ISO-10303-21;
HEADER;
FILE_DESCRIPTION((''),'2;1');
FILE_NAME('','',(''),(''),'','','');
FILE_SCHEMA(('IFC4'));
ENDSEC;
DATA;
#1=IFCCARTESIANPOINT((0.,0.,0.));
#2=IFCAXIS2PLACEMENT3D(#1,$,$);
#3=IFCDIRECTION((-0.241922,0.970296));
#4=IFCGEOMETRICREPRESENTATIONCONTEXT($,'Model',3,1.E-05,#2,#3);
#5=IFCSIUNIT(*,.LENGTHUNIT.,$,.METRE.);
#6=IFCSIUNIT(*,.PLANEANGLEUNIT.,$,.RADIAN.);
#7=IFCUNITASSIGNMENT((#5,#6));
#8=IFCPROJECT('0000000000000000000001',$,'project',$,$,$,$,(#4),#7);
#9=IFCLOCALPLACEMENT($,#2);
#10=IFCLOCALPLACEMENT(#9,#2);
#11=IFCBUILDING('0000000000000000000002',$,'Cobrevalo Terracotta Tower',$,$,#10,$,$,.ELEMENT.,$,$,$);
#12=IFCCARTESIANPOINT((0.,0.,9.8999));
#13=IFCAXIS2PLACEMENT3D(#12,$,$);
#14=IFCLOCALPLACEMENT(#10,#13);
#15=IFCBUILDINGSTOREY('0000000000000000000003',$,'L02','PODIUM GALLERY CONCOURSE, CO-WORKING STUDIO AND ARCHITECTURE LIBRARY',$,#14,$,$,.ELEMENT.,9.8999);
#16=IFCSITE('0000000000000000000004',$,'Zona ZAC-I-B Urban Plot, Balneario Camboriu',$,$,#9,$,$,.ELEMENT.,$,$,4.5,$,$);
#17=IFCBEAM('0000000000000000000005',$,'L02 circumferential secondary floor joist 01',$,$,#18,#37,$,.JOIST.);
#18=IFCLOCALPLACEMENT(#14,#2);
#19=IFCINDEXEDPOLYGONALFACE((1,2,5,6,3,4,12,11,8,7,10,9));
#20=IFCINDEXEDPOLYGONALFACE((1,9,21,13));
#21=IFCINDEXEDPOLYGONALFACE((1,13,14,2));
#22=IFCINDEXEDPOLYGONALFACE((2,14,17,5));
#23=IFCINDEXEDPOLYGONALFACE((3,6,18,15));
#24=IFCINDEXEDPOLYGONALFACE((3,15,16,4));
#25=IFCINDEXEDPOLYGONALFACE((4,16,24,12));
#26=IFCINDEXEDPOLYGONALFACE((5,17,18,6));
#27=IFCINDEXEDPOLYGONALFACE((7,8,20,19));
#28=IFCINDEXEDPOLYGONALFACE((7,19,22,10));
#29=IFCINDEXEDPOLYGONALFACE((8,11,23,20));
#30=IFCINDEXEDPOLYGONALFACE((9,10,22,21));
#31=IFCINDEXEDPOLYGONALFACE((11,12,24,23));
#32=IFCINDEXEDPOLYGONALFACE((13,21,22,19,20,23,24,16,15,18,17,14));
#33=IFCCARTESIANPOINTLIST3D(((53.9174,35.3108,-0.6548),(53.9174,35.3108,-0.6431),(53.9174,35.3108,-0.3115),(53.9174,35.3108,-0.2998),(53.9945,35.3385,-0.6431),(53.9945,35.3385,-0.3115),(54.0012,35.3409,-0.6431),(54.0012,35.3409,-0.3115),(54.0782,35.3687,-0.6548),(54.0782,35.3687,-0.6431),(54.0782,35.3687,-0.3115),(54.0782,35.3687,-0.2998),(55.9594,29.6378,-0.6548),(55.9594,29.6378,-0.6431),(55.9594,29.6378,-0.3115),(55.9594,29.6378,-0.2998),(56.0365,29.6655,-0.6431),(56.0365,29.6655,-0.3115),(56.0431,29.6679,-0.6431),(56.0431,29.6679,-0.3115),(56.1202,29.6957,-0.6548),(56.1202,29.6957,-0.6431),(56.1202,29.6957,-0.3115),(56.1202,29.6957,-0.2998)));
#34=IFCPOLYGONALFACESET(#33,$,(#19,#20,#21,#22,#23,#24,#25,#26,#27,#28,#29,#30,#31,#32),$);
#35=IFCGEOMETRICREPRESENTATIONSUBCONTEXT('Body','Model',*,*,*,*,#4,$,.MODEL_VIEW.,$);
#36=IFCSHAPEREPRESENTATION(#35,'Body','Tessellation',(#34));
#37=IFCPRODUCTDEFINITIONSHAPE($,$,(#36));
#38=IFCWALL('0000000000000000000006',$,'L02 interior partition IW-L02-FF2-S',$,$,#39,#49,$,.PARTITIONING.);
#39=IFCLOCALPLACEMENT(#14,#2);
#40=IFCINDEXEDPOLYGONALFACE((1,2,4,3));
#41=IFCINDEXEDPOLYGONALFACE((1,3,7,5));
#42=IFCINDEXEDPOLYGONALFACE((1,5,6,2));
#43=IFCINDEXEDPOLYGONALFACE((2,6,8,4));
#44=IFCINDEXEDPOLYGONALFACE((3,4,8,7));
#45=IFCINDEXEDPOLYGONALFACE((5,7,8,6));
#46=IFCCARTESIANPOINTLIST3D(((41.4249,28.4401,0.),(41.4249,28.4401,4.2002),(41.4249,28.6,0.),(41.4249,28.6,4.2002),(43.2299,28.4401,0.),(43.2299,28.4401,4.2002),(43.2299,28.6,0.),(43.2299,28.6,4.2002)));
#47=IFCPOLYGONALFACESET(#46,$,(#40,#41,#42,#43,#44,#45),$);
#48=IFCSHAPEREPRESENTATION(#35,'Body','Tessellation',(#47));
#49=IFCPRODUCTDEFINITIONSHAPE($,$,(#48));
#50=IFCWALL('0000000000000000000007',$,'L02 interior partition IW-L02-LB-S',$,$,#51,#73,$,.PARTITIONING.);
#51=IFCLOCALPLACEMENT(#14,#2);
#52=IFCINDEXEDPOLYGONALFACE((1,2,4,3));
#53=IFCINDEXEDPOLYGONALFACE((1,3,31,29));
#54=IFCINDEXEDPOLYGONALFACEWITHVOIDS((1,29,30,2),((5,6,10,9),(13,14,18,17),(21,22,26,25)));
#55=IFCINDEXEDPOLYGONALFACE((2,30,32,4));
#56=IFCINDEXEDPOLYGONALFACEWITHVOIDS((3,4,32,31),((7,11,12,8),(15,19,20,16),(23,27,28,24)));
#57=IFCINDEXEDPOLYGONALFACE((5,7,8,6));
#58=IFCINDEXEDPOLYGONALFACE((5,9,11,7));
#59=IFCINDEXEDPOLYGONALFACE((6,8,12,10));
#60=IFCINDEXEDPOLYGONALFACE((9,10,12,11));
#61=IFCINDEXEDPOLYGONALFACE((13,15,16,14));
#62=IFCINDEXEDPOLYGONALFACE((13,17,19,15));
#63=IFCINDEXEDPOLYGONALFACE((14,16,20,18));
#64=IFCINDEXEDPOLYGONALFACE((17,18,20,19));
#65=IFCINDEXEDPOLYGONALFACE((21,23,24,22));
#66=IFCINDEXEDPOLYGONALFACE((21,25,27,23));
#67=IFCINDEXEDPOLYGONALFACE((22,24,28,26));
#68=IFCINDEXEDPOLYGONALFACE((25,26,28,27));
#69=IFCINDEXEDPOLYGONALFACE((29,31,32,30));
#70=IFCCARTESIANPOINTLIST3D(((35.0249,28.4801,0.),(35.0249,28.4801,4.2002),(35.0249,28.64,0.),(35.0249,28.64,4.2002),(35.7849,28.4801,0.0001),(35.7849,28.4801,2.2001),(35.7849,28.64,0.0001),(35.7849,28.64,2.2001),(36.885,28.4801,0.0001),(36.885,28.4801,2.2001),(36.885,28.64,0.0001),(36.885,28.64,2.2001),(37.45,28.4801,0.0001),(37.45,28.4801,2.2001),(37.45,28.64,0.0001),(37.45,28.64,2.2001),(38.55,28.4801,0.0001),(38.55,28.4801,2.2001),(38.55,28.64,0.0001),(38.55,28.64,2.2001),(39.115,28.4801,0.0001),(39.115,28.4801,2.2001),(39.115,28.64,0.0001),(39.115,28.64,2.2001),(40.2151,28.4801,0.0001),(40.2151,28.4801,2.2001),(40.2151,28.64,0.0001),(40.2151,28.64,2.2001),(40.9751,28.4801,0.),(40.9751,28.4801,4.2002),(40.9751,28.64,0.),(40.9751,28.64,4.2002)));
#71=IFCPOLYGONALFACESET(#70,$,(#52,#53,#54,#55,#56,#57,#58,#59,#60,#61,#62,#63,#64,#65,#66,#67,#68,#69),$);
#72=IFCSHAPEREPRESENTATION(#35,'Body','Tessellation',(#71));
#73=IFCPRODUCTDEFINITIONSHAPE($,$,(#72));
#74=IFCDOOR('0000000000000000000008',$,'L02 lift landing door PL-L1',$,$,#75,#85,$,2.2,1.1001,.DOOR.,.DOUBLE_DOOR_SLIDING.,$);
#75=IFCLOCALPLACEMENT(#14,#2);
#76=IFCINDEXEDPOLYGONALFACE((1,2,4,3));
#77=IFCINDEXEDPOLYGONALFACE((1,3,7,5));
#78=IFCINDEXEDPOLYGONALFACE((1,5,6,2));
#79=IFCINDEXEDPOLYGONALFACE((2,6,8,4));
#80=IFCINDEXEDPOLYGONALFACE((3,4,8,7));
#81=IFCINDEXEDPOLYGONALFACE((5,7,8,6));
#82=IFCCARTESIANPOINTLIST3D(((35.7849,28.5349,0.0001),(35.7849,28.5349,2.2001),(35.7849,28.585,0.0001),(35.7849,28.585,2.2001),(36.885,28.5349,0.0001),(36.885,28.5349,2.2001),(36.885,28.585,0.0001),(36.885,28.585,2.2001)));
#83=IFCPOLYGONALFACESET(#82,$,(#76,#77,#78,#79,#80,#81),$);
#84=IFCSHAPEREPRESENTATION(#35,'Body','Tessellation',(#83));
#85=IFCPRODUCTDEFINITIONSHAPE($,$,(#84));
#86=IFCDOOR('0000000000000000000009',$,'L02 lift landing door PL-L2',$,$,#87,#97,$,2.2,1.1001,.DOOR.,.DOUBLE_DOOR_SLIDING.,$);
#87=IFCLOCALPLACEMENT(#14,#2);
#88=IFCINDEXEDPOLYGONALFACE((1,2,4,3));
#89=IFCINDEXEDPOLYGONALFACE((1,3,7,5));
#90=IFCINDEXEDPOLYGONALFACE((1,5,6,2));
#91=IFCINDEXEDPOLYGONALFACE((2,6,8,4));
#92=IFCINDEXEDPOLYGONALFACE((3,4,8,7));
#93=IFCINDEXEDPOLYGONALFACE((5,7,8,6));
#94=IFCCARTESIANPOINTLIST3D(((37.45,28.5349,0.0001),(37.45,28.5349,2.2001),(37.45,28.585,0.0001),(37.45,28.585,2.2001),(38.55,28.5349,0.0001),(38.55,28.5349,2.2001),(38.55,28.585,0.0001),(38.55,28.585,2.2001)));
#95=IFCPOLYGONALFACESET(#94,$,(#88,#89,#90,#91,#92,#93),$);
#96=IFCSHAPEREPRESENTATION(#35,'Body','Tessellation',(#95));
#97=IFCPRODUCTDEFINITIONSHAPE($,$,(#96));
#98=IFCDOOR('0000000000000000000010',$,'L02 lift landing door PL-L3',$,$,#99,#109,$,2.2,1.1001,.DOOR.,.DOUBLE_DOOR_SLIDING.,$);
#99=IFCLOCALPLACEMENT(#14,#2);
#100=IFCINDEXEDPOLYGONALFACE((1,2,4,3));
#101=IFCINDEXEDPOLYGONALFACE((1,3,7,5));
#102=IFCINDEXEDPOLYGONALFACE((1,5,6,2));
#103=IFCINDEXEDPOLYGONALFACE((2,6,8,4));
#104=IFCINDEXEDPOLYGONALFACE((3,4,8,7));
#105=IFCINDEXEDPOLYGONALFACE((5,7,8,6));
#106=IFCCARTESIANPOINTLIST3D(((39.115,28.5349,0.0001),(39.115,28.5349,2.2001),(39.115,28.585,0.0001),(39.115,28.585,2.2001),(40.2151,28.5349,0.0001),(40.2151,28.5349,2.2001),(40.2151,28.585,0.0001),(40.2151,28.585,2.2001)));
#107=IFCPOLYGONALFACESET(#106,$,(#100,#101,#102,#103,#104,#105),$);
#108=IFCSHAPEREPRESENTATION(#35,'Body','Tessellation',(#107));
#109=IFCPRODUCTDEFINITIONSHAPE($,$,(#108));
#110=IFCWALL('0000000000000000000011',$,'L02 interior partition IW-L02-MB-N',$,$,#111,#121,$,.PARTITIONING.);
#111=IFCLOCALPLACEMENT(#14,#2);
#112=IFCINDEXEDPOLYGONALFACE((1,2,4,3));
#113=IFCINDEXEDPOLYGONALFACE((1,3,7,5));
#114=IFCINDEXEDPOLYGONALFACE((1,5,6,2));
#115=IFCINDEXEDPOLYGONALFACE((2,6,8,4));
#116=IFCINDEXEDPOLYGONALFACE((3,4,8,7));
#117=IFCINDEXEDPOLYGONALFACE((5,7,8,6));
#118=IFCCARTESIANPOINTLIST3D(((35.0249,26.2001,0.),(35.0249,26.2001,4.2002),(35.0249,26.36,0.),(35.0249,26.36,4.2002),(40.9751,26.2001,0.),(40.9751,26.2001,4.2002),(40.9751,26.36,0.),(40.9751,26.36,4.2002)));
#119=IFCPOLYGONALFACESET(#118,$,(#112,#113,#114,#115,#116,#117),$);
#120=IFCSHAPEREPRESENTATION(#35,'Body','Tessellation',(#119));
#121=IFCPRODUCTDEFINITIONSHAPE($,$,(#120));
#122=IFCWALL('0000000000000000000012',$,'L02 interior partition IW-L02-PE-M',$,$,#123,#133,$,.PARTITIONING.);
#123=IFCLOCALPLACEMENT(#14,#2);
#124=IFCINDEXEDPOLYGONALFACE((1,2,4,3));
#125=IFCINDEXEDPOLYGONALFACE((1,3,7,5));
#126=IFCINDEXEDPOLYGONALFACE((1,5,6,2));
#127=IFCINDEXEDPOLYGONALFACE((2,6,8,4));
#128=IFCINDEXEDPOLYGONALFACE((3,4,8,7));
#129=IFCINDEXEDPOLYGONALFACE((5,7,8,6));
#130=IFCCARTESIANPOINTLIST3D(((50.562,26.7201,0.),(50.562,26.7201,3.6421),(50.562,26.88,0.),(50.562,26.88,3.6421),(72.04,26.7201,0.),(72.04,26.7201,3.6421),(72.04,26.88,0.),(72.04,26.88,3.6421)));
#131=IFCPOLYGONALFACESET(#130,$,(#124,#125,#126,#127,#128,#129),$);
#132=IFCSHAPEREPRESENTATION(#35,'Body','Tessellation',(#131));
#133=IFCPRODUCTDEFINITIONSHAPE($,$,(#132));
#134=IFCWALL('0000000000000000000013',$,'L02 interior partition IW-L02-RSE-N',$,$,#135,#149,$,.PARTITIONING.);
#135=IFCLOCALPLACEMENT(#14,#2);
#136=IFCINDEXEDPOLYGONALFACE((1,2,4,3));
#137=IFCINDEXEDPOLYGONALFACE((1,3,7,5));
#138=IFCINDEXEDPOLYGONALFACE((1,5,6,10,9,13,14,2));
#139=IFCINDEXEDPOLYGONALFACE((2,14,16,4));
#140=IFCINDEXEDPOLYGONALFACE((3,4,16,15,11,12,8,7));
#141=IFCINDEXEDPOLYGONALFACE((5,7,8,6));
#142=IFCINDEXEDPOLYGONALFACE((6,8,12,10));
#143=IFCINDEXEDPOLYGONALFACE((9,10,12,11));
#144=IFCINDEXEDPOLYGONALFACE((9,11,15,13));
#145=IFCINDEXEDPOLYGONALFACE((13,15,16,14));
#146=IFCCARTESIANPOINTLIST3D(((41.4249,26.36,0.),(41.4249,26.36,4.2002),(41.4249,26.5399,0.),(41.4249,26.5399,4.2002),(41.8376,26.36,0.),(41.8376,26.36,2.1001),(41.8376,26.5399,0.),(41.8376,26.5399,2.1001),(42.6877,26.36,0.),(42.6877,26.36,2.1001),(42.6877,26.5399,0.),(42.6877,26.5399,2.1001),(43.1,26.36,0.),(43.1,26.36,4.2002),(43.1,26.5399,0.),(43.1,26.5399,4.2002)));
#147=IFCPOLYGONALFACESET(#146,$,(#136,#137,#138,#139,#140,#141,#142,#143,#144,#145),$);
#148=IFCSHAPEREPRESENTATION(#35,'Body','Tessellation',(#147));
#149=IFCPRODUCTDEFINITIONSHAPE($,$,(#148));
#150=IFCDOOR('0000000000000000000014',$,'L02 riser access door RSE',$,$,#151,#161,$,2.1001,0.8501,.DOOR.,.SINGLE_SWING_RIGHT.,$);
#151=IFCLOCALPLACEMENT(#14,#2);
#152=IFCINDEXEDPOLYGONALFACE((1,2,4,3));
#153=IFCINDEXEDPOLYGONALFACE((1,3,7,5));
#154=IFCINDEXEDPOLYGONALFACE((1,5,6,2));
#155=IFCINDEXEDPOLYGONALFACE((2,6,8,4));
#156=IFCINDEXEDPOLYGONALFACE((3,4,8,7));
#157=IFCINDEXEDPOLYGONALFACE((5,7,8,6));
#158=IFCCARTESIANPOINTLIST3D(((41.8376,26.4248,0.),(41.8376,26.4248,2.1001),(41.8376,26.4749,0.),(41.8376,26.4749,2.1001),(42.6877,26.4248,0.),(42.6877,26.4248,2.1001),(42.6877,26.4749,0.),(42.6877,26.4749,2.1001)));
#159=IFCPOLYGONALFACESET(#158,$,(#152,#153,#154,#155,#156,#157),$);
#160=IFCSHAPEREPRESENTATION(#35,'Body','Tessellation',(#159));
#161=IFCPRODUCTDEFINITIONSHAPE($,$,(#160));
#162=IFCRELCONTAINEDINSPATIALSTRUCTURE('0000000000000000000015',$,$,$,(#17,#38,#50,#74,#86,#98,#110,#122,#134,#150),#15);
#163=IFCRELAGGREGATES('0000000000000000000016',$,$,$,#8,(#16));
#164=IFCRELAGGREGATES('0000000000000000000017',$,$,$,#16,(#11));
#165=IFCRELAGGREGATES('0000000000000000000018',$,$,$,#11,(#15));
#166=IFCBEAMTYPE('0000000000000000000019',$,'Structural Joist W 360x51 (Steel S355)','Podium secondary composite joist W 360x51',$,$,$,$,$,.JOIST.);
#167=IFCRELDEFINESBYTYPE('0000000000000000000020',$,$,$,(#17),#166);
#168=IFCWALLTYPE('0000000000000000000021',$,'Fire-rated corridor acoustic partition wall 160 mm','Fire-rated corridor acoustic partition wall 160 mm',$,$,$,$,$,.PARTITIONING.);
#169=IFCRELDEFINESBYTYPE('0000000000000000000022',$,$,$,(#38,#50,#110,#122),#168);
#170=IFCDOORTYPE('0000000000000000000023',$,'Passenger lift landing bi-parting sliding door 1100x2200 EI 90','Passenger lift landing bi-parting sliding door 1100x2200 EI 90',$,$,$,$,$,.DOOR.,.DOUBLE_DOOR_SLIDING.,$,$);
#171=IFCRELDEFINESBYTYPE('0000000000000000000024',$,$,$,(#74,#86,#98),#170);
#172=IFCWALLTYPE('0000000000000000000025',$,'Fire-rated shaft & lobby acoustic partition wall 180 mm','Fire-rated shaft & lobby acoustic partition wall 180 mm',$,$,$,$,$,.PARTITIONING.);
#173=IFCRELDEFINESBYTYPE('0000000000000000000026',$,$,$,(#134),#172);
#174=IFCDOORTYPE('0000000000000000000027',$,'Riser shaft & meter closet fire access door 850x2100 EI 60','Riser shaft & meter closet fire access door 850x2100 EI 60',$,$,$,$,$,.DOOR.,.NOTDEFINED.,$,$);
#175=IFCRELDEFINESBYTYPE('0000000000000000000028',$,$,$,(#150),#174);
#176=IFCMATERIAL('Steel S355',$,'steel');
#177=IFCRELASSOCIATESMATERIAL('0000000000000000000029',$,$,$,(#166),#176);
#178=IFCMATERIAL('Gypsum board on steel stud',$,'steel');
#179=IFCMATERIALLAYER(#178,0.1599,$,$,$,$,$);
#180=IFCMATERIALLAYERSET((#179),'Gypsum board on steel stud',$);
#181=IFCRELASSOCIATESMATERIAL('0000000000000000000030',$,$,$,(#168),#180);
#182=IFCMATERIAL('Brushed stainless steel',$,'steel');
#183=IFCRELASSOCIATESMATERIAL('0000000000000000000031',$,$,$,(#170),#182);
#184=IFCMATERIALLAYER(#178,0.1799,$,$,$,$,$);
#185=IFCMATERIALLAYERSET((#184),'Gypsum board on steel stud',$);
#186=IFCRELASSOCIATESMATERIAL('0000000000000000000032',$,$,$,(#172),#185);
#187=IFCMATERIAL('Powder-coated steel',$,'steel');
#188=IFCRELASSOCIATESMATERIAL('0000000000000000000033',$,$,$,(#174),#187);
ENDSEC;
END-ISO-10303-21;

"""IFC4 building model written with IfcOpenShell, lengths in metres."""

from ifc_helpers import new_model, si_unit, direction, frame, frame_2d, origin, origin_2d, place, context, subcontext, project, spatial, rectangle, i_section, extrude, source, transform, mapped, material, layer, layer_set, material_profile, profile_set, type_object, element, fill, save


model = new_model("IFC4")

# Units and contexts
model_context = context("Model", 3, precision=1e-05, world=origin(), true_north=direction((-0.241922, 0.970296)))
body_context = subcontext(model_context, "Body", "Model", "MODEL_VIEW")
ifc_project = project(units=[si_unit("LENGTHUNIT", "METRE"), si_unit("PLANEANGLEUNIT", "RADIAN")], contexts=[model_context])

# Site, building, storey
site_placement = place(None, origin())
site = spatial("IfcSite", under=ifc_project, at=site_placement, Name="Zona ZAC-I-B Urban Plot, Balneario Camboriu", CompositionType="ELEMENT", RefElevation=4.5)
building_placement = place(site_placement, origin())
building = spatial("IfcBuilding", under=site, at=building_placement, Name="Cobrevalo Terracotta Tower", CompositionType="ELEMENT")
storey_placement = place(building_placement, frame((0.0, 0.0, 9.8999)))
storey = spatial("IfcBuildingStorey", under=building, at=storey_placement, Name="L02", Description="PODIUM GALLERY CONCOURSE, CO-WORKING STUDIO AND ARCHITECTURE LIBRARY", CompositionType="ELEMENT", Elevation=9.8999)

# Beam
ifc_material_1 = material(Name="Steel S355", Category="steel")
ifc_material_profile = material_profile(ifc_material_1, i_section(OverallWidth=0.1709, OverallDepth=0.355, WebThickness=0.0071, FlangeThickness=0.0117, at=origin_2d()), Name="W 360x51")
ifc_profile_set = profile_set([ifc_material_profile], Name="Steel S355")
beam_type = type_object("IfcBeamType", Name="Structural Joist W 360x51 (Steel S355)", Description="Podium secondary composite joist W 360x51", PredefinedType="JOIST", material=ifc_profile_set)
beam_placement = place(storey_placement, frame((56.0398, 29.6667, -0.4773), z_axis=(-0.338672, 0.940904, 0.0), x_axis=(-0.940904, -0.338672, 0.0)))
element("IfcBeam", 1, at=beam_placement, inside=storey, type_object=beam_type, Name="L02 circumferential secondary floor joist 01", PredefinedType="JOIST", context=body_context, shape_type="SweptSolid", body=[
    extrude(i_section(OverallWidth=0.1709, OverallDepth=0.355, WebThickness=0.0071, FlangeThickness=0.0117, at=origin_2d()), origin(), (0.0, 0.0, 1.0), 6.0293),
])

# Wall
ifc_material_2 = material(Name="Gypsum board on steel stud", Category="steel")
ifc_layer_1 = layer(ifc_material_2, 0.1599)
ifc_layer_set_1 = layer_set([ifc_layer_1], Name="Gypsum board on steel stud")
wall_type_1 = type_object("IfcWallType", Name="Fire-rated corridor acoustic partition wall 160 mm", Description="Fire-rated corridor acoustic partition wall 160 mm", PredefinedType="PARTITIONING", material=ifc_layer_set_1)
wall_1_placement = place(storey_placement, frame((41.425, 28.52, 0.0), z_axis=(0.0, 0.0, 1.0), x_axis=(1.0, 0.0, 0.0)))
element("IfcWall", 2, at=wall_1_placement, inside=storey, type_object=wall_type_1, Name="L02 interior partition IW-L02-FF2-S", PredefinedType="PARTITIONING", context=body_context, shape_type="SweptSolid", body=[
    extrude(rectangle(XDim=1.8049, YDim=0.1599, at=frame_2d((0.9023, 0.0))), origin(), (0.0, 0.0, 1.0), 4.2002),
])

# Wall, openings, doors
wall_2_placement = place(storey_placement, frame((35.0249, 28.5601, 0.0), z_axis=(0.0, 0.0, 1.0), x_axis=(1.0, 0.0, 0.0)))
wall_2 = element("IfcWall", 3, at=wall_2_placement, inside=storey, type_object=wall_type_1, Name="L02 interior partition IW-L02-LB-S", PredefinedType="PARTITIONING", context=body_context, shape_type="SweptSolid", body=[
    extrude(rectangle(XDim=5.9502, YDim=0.1599, at=frame_2d((2.9751, 0.0))), origin(), (0.0, 0.0, 1.0), 4.2002),
])
opening_1_placement = place(wall_2_placement, frame((0.76, 0.0, 0.0)))
opening_1 = element("IfcOpeningElement", 4, at=opening_1_placement, cuts=wall_2, PredefinedType="OPENING", context=body_context, shape_type="SweptSolid", body=[
    extrude(rectangle(XDim=1.1001, YDim=2.2, at=frame_2d((0.55, 1.1001))), frame((0.0, 0.0898, 0.0), z_axis=(0.0, -1.0, 0.0), x_axis=(1.0, 0.0, 0.0)), (0.0, 0.0, 1.0), 0.1799),
])
opening_2_placement = place(wall_2_placement, frame((2.425, 0.0, 0.0)))
opening_2 = element("IfcOpeningElement", 5, at=opening_2_placement, cuts=wall_2, PredefinedType="OPENING", context=body_context, shape_type="SweptSolid", body=[
    extrude(rectangle(XDim=1.1001, YDim=2.2, at=frame_2d((0.55, 1.1001))), frame((0.0, 0.0898, 0.0), z_axis=(0.0, -1.0, 0.0), x_axis=(1.0, 0.0, 0.0)), (0.0, 0.0, 1.0), 0.1799),
])
opening_3_placement = place(wall_2_placement, frame((4.0901, 0.0, 0.0)))
opening_3 = element("IfcOpeningElement", 6, at=opening_3_placement, cuts=wall_2, PredefinedType="OPENING", context=body_context, shape_type="SweptSolid", body=[
    extrude(rectangle(XDim=1.1001, YDim=2.2, at=frame_2d((0.55, 1.1001))), frame((0.0, 0.0898, 0.0), z_axis=(0.0, -1.0, 0.0), x_axis=(1.0, 0.0, 0.0)), (0.0, 0.0, 1.0), 0.1799),
])
ifc_material_3 = material(Name="Brushed stainless steel", Category="steel")
door_type_1 = type_object("IfcDoorType", Name="Passenger lift landing bi-parting sliding door 1100x2200 EI 90", Description="Passenger lift landing bi-parting sliding door 1100x2200 EI 90", OperationType="DOUBLE_DOOR_SLIDING", PredefinedType="DOOR", material=ifc_material_3)
shared_shape_1 = source(origin(), body_context, "Body", "SweptSolid", [
    extrude(rectangle(XDim=1.1001, YDim=2.2, at=frame_2d((0.55, 1.1001))), frame((0.0, 0.0249, 0.0), z_axis=(0.0, -1.0, 0.0), x_axis=(1.0, 0.0, 0.0)), (0.0, 0.0, 1.0), 0.05),
])
door_1_placement = place(opening_1_placement, origin())
door_1 = element("IfcDoor", 7, at=door_1_placement, inside=storey, type_object=door_type_1, Name="L02 lift landing door PL-L1", OperationType="DOUBLE_DOOR_SLIDING", OverallHeight=2.2, OverallWidth=1.1001, PredefinedType="DOOR", context=body_context, shape_type="MappedRepresentation", body=[
    mapped(shared_shape_1, transform((0.0, 0.0, 0.0), scale=1.0)),
])
fill(opening_1, door_1)
door_2_placement = place(opening_2_placement, origin())
door_2 = element("IfcDoor", 8, at=door_2_placement, inside=storey, type_object=door_type_1, Name="L02 lift landing door PL-L2", OperationType="DOUBLE_DOOR_SLIDING", OverallHeight=2.2, OverallWidth=1.1001, PredefinedType="DOOR", context=body_context, shape_type="MappedRepresentation", body=[
    mapped(shared_shape_1, transform((0.0, 0.0, 0.0), scale=1.0)),
])
fill(opening_2, door_2)
door_3_placement = place(opening_3_placement, origin())
door_3 = element("IfcDoor", 9, at=door_3_placement, inside=storey, type_object=door_type_1, Name="L02 lift landing door PL-L3", OperationType="DOUBLE_DOOR_SLIDING", OverallHeight=2.2, OverallWidth=1.1001, PredefinedType="DOOR", context=body_context, shape_type="MappedRepresentation", body=[
    mapped(shared_shape_1, transform((0.0, 0.0, 0.0), scale=1.0)),
])
fill(opening_3, door_3)

# Walls
wall_3_placement = place(storey_placement, frame((35.0249, 26.28, 0.0), z_axis=(0.0, 0.0, 1.0), x_axis=(1.0, 0.0, 0.0)))
element("IfcWall", 10, at=wall_3_placement, inside=storey, type_object=wall_type_1, Name="L02 interior partition IW-L02-MB-N", PredefinedType="PARTITIONING", context=body_context, shape_type="SweptSolid", body=[
    extrude(rectangle(XDim=5.9502, YDim=0.1599, at=frame_2d((2.9751, 0.0))), origin(), (0.0, 0.0, 1.0), 4.2002),
])
wall_4_placement = place(storey_placement, frame((50.562, 26.8, 0.0), z_axis=(0.0, 0.0, 1.0), x_axis=(1.0, 0.0, 0.0)))
element("IfcWall", 11, at=wall_4_placement, inside=storey, type_object=wall_type_1, Name="L02 interior partition IW-L02-PE-M", PredefinedType="PARTITIONING", context=body_context, shape_type="SweptSolid", body=[
    extrude(rectangle(XDim=21.478, YDim=0.1599, at=frame_2d((10.739, 0.0))), origin(), (0.0, 0.0, 1.0), 3.6421),
])

# Wall, opening, door
ifc_layer_2 = layer(ifc_material_2, 0.1799)
ifc_layer_set_2 = layer_set([ifc_layer_2], Name="Gypsum board on steel stud")
wall_type_2 = type_object("IfcWallType", Name="Fire-rated shaft & lobby acoustic partition wall 180 mm", Description="Fire-rated shaft & lobby acoustic partition wall 180 mm", PredefinedType="PARTITIONING", material=ifc_layer_set_2)
wall_5_placement = place(storey_placement, frame((41.425, 26.45, 0.0), z_axis=(0.0, 0.0, 1.0), x_axis=(1.0, 0.0, 0.0)))
wall_5 = element("IfcWall", 12, at=wall_5_placement, inside=storey, type_object=wall_type_2, Name="L02 interior partition IW-L02-RSE-N", PredefinedType="PARTITIONING", context=body_context, shape_type="SweptSolid", body=[
    extrude(rectangle(XDim=1.675, YDim=0.1799, at=frame_2d((0.8374, 0.0))), origin(), (0.0, 0.0, 1.0), 4.2002),
])
opening_4_placement = place(wall_5_placement, frame((0.4126, 0.0, 0.0)))
opening_4 = element("IfcOpeningElement", 13, at=opening_4_placement, cuts=wall_5, PredefinedType="OPENING", context=body_context, shape_type="SweptSolid", body=[
    extrude(rectangle(XDim=0.8501, YDim=2.1001, at=frame_2d((0.425, 1.05))), frame((0.0, 0.1001, 0.0), z_axis=(0.0, -1.0, 0.0), x_axis=(1.0, 0.0, 0.0)), (0.0, 0.0, 1.0), 0.2),
])
ifc_material_4 = material(Name="Powder-coated steel", Category="steel")
door_type_2 = type_object("IfcDoorType", Name="Riser shaft & meter closet fire access door 850x2100 EI 60", Description="Riser shaft & meter closet fire access door 850x2100 EI 60", OperationType="NOTDEFINED", PredefinedType="DOOR", material=ifc_material_4)
shared_shape_2 = source(origin(), body_context, "Body", "SweptSolid", [
    extrude(rectangle(XDim=0.8501, YDim=2.1001, at=frame_2d((0.425, 1.05))), frame((0.0, 0.0249, 0.0), z_axis=(0.0, -1.0, 0.0), x_axis=(1.0, 0.0, 0.0)), (0.0, 0.0, 1.0), 0.05),
])
door_4_placement = place(opening_4_placement, origin())
door_4 = element("IfcDoor", 14, at=door_4_placement, inside=storey, type_object=door_type_2, Name="L02 riser access door RSE", OperationType="SINGLE_SWING_RIGHT", OverallHeight=2.1001, OverallWidth=0.8501, PredefinedType="DOOR", context=body_context, shape_type="MappedRepresentation", body=[
    mapped(shared_shape_2, transform((0.0, 0.0, 0.0), scale=1.0)),
])
fill(opening_4, door_4)

save(model, "model.ifc")
